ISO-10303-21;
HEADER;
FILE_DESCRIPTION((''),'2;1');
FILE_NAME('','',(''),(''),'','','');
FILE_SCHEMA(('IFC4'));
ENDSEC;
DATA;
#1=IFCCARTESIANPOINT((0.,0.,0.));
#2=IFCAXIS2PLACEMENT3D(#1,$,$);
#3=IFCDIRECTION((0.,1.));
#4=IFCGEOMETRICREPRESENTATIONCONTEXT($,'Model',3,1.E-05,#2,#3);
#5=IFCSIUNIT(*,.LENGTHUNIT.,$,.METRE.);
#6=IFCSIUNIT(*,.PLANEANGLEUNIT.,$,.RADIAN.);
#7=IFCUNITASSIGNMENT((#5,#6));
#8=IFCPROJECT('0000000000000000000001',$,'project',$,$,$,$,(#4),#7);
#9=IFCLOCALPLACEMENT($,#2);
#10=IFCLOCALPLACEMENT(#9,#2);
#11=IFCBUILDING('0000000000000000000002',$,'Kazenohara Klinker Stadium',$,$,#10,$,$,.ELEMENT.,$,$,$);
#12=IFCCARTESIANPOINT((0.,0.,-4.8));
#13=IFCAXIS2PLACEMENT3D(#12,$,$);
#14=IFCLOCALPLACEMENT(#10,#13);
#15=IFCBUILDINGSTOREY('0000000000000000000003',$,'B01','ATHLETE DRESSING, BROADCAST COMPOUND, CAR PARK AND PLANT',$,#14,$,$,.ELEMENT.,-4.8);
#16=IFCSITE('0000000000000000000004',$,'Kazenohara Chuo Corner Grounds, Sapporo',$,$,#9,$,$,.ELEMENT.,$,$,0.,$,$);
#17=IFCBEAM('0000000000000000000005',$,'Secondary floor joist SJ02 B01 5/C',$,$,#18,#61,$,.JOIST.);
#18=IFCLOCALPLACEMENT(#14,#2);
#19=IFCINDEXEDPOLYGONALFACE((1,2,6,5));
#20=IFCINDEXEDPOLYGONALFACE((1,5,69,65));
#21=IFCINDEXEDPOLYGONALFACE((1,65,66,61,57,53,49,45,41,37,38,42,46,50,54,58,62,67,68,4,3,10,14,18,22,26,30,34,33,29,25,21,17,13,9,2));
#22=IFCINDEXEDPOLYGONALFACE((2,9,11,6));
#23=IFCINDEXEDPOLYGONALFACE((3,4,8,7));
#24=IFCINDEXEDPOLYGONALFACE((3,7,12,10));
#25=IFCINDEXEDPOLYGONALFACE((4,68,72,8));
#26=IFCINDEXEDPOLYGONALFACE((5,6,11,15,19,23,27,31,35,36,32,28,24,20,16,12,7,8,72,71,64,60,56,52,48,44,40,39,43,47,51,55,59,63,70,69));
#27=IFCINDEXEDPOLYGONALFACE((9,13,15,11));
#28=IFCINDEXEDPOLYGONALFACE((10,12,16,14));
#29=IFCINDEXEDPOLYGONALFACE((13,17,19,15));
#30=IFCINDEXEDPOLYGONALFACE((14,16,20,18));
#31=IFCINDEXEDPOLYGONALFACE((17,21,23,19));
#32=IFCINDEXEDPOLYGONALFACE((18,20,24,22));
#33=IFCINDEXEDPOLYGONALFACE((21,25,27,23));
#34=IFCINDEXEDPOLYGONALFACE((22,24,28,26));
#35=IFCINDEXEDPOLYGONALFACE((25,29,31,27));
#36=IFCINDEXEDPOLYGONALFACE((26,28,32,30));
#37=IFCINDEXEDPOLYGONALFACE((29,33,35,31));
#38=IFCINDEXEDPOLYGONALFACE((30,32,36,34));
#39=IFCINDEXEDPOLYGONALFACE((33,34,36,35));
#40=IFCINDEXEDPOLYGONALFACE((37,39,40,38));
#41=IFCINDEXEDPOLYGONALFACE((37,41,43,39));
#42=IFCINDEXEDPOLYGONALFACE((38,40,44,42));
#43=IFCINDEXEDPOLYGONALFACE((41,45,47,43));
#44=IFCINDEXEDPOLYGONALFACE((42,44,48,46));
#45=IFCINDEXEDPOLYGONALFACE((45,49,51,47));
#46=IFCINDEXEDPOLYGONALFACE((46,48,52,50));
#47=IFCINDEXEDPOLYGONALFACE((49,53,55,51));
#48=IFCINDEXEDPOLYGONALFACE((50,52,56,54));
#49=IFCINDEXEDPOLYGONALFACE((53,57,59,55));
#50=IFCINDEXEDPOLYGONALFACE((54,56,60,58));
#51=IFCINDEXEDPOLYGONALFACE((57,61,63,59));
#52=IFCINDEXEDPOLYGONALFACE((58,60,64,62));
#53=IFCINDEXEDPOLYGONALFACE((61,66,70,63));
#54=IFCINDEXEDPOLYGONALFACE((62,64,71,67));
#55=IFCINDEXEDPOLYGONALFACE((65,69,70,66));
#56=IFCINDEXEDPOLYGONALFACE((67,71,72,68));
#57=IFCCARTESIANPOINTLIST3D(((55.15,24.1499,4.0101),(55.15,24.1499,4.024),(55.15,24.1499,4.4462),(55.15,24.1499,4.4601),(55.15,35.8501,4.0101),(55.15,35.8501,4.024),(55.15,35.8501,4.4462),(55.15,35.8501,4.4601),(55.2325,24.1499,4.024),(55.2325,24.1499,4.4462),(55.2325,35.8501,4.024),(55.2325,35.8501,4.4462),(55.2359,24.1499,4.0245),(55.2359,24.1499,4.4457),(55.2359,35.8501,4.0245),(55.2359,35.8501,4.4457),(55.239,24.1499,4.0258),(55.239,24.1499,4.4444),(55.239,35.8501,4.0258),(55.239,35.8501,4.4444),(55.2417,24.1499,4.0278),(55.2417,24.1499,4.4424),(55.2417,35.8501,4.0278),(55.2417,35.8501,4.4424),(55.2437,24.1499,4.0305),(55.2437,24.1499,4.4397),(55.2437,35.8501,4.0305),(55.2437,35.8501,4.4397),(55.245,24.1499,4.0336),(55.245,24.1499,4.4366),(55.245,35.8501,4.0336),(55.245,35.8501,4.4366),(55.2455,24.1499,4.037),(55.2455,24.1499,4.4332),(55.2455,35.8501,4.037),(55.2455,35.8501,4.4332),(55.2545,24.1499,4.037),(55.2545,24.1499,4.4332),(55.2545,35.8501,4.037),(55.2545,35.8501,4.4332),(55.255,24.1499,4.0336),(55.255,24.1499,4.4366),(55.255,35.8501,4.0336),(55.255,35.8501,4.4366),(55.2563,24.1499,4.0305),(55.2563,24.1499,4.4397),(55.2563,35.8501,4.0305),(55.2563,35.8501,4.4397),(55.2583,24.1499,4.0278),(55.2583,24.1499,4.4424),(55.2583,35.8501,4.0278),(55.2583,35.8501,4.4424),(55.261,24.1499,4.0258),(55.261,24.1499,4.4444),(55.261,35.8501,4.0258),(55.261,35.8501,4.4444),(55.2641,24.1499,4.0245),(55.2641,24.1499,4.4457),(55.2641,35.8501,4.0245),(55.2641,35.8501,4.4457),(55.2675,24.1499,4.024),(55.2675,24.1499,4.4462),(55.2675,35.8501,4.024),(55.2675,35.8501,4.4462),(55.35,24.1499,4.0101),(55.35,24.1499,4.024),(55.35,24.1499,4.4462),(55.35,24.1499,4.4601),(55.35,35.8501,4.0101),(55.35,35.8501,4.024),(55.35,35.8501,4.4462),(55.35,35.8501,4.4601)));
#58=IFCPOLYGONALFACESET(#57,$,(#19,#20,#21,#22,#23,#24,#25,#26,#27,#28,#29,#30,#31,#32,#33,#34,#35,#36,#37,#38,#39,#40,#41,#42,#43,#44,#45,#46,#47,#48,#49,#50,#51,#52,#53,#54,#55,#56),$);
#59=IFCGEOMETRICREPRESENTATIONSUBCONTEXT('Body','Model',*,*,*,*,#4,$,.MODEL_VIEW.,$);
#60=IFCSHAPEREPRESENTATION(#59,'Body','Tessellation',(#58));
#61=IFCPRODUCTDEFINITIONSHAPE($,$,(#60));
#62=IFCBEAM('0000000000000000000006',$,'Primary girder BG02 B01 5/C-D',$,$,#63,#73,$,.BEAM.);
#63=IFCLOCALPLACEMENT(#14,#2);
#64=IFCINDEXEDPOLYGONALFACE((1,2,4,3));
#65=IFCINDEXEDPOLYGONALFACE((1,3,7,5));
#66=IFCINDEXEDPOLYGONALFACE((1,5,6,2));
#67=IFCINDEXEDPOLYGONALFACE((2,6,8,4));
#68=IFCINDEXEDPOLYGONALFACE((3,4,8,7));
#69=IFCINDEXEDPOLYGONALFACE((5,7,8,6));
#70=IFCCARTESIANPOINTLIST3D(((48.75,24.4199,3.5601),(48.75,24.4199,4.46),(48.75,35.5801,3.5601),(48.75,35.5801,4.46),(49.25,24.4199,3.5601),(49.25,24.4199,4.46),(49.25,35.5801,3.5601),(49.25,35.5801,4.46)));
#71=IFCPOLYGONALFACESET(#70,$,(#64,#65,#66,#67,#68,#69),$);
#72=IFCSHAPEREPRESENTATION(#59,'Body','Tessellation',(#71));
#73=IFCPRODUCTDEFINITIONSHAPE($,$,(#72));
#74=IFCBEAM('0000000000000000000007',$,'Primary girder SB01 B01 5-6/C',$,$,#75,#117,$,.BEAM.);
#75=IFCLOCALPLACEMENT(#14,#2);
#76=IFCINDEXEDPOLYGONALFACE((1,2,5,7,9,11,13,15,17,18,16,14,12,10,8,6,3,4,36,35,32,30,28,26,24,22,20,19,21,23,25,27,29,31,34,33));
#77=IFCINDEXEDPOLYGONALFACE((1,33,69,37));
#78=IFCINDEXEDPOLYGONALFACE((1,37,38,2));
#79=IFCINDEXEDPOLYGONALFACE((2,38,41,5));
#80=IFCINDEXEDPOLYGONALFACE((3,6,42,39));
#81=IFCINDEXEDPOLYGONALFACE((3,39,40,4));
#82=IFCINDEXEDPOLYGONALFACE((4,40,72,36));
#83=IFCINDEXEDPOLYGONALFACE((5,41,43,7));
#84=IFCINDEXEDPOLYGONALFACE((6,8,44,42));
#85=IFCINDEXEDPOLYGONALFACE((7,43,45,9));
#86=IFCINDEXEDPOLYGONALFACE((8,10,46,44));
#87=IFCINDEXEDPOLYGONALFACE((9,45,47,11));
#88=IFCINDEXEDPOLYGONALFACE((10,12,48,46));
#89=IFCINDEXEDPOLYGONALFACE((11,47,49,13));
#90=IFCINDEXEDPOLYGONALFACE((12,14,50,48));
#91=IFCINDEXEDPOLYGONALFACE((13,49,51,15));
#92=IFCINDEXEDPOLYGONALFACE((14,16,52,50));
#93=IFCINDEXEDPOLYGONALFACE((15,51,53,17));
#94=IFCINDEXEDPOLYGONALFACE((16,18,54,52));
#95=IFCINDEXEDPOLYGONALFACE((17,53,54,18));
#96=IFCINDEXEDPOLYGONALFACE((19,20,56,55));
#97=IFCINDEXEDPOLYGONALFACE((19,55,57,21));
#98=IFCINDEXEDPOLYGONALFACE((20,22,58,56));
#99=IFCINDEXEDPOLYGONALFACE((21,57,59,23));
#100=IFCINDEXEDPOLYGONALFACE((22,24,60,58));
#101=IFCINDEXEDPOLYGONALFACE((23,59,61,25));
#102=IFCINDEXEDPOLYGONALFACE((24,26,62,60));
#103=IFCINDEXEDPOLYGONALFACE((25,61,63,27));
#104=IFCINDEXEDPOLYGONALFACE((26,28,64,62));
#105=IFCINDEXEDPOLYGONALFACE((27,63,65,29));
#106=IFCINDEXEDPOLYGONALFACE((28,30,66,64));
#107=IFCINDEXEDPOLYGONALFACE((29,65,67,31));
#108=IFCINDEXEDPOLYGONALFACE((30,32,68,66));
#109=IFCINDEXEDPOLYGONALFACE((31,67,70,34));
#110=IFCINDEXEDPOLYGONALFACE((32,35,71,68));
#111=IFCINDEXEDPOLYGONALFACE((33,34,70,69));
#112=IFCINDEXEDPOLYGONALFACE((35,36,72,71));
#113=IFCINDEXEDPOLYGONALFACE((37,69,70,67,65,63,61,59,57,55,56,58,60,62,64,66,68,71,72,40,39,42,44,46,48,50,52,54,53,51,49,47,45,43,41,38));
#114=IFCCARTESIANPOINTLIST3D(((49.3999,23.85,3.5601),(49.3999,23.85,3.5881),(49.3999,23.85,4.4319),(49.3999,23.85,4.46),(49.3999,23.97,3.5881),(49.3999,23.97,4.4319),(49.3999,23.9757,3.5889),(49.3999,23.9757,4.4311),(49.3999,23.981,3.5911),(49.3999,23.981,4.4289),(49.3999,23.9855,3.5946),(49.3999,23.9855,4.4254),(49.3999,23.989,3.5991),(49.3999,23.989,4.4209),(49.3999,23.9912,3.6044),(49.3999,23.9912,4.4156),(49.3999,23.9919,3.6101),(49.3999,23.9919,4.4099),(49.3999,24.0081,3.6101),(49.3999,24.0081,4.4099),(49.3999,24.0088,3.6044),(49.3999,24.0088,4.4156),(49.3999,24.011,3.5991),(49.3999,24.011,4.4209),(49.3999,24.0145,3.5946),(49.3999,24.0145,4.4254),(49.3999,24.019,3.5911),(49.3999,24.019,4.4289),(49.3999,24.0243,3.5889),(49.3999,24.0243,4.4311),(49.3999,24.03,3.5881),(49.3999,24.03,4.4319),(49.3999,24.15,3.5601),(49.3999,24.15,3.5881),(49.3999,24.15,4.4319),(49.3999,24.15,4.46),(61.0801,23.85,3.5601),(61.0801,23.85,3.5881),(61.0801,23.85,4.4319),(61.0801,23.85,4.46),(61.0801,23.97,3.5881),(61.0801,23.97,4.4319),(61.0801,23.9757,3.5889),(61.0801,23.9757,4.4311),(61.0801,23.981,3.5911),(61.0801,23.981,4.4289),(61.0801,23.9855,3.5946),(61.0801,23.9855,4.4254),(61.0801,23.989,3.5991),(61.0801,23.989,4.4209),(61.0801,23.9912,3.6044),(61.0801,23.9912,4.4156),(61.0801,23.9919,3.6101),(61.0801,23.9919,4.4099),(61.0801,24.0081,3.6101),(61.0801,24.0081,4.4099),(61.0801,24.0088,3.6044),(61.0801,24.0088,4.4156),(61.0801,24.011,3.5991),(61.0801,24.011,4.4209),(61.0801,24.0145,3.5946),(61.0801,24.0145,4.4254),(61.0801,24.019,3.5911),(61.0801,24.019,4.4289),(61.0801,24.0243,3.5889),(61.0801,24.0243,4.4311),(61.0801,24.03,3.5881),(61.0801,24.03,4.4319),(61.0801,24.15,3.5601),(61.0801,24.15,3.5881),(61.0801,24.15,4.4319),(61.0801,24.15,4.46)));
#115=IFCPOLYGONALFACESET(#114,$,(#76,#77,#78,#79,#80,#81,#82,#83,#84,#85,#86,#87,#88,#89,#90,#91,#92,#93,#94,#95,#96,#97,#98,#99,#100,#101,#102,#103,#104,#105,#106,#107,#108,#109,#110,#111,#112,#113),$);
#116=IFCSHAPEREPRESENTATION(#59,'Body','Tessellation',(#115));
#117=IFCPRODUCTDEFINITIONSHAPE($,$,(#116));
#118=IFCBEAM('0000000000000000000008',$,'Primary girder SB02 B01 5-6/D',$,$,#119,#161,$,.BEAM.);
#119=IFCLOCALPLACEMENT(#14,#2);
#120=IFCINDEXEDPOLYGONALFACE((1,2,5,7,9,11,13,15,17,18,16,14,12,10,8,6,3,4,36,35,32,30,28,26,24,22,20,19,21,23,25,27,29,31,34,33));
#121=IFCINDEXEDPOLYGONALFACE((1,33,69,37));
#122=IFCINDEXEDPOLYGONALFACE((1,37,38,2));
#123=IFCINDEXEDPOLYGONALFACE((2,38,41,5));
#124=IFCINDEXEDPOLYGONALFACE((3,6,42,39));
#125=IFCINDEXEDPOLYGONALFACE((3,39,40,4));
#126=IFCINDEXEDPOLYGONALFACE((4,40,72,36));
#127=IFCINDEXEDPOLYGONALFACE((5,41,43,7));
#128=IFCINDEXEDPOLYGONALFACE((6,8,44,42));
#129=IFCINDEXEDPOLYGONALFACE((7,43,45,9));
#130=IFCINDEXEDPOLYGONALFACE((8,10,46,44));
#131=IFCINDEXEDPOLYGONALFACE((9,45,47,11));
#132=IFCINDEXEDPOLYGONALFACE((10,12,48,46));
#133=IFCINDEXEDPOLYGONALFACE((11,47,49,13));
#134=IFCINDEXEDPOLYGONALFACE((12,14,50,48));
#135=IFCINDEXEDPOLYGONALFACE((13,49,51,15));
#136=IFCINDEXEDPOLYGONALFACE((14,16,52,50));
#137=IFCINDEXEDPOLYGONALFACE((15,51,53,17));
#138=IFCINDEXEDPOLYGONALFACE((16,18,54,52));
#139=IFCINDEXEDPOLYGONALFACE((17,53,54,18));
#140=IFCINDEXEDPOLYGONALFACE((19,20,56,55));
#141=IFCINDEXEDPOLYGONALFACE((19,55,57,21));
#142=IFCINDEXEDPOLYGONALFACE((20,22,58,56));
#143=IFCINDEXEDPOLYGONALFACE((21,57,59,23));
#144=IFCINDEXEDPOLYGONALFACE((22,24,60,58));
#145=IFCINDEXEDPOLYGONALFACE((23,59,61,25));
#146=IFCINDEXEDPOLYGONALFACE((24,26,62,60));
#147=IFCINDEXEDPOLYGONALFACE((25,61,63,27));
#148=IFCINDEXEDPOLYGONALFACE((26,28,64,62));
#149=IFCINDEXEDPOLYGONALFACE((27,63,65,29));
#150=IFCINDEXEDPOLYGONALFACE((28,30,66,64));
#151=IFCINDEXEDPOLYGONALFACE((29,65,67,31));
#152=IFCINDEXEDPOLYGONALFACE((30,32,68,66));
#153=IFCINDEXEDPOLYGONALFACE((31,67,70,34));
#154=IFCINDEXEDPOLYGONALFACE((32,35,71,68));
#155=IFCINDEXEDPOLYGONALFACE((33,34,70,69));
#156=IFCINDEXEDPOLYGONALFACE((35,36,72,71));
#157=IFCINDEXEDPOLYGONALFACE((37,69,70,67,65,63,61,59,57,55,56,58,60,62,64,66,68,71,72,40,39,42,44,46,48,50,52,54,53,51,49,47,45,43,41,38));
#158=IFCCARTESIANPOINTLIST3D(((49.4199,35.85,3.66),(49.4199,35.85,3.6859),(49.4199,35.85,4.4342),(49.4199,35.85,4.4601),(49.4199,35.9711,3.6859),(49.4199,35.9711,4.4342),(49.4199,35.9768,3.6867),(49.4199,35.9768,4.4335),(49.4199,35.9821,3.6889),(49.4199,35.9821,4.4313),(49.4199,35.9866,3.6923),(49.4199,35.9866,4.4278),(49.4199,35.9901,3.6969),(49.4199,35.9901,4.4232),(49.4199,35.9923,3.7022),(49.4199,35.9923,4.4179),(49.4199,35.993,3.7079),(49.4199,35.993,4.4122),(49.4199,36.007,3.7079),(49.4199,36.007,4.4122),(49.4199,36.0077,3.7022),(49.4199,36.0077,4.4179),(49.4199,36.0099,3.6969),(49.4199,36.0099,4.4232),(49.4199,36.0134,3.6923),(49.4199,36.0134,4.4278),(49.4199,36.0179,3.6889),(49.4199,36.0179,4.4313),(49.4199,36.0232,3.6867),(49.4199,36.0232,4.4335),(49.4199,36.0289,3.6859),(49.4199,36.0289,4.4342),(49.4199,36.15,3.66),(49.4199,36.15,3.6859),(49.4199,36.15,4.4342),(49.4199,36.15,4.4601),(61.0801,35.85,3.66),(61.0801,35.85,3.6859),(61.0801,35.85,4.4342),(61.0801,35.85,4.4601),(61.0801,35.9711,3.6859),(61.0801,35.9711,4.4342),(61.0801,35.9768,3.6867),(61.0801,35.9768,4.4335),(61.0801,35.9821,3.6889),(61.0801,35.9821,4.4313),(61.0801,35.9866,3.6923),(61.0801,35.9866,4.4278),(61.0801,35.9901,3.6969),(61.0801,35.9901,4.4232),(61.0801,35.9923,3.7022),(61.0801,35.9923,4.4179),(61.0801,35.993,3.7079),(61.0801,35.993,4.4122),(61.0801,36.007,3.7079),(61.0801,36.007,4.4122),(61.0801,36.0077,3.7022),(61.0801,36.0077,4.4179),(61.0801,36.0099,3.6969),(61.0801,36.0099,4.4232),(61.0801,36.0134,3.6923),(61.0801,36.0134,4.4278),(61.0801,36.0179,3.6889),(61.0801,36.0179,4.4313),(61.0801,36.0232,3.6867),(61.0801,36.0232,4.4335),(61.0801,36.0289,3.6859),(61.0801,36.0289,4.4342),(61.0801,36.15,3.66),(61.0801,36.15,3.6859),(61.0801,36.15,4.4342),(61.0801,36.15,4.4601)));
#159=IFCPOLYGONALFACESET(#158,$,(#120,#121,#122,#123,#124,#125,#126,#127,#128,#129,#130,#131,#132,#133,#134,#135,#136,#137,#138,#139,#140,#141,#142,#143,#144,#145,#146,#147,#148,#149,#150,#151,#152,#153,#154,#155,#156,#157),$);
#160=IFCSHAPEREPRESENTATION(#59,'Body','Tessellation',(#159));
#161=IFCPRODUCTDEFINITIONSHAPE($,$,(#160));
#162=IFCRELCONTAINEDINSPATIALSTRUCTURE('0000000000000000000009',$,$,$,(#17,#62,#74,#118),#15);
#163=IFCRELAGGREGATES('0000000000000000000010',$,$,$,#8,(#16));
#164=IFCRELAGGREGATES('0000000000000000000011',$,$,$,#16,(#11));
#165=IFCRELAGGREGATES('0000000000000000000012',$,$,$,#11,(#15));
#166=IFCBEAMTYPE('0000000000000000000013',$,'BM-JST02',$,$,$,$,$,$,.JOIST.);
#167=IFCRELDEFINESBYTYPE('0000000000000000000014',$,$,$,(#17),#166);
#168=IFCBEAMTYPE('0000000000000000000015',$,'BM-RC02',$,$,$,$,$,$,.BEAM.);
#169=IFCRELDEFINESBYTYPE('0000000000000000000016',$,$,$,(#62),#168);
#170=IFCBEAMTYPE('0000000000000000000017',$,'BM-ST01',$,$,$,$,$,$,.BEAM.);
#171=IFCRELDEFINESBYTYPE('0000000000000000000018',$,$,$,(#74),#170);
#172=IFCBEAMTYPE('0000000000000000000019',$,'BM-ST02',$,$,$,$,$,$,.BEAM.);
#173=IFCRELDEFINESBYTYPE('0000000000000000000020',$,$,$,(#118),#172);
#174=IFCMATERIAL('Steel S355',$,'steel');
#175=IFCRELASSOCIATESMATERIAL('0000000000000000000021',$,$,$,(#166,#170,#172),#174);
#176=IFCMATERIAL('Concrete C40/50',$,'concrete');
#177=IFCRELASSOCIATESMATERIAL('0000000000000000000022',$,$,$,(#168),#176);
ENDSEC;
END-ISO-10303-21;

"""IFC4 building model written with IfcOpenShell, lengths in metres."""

from ifc_helpers import new_model, si_unit, direction, frame, origin, origin_2d, place, context, subcontext, project, spatial, rectangle, i_section, extrude, material, material_profile, profile_set, type_object, element, save


model = new_model("IFC4")

# Units and contexts
model_context = context("Model", 3, precision=1e-05, world=origin(), true_north=direction((0.0, 1.0)))
body_context = subcontext(model_context, "Body", "Model", "MODEL_VIEW")
ifc_project = project(units=[si_unit("LENGTHUNIT", "METRE"), si_unit("PLANEANGLEUNIT", "RADIAN")], contexts=[model_context])

# Site, building, storey
site_placement = place(None, origin())
site = spatial("IfcSite", under=ifc_project, at=site_placement, Name="Kazenohara Chuo Corner Grounds, Sapporo", CompositionType="ELEMENT", RefElevation=0.0)
building_placement = place(site_placement, origin())
building = spatial("IfcBuilding", under=site, at=building_placement, Name="Kazenohara Klinker Stadium", CompositionType="ELEMENT")
storey_placement = place(building_placement, frame((0.0, 0.0, -4.8)))
storey = spatial("IfcBuildingStorey", under=building, at=storey_placement, Name="B01", Description="ATHLETE DRESSING, BROADCAST COMPOUND, CAR PARK AND PLANT", CompositionType="ELEMENT", Elevation=-4.8)

# Shared definitions
ifc_material_1 = material(Name="Concrete C40/50", Category="concrete")

# Beams
ifc_material_2 = material(Name="Steel S355", Category="steel")
ifc_material_profile_1 = material_profile(ifc_material_2, i_section(OverallWidth=0.2, OverallDepth=0.45, WebThickness=0.009, FlangeThickness=0.0139, FilletRadius=0.0129, at=origin_2d()), Name="H-450x200x9x14")
ifc_profile_set_1 = profile_set([ifc_material_profile_1], Name="Steel S355")
beam_type_1 = type_object("IfcBeamType", Name="BM-JST02", PredefinedType="JOIST", material=ifc_profile_set_1)
for number, where, z_axis, x_axis, name in (
    (1, (55.25, 24.1499, 4.2351), (0.0, 1.0, 0.0), (-1.0, 0.0, 0.0), "Secondary floor joist SJ02 B01 5/C"),
):
    element("IfcBeam", number, at=place(storey_placement, frame(where, z_axis=z_axis, x_axis=x_axis)), inside=storey, type_object=beam_type_1, Name=name, PredefinedType="JOIST", context=body_context, shape_type="SweptSolid", body=[
        extrude(i_section(OverallWidth=0.2, OverallDepth=0.45, WebThickness=0.009, FlangeThickness=0.0139, FilletRadius=0.0129, at=origin_2d()), origin(), (0.0, 0.0, 1.0), 11.7002),
    ])
ifc_material_profile_2 = material_profile(ifc_material_1, rectangle(XDim=0.5, YDim=0.8999, at=origin_2d()), Name="RC-BM-500x900")
ifc_profile_set_2 = profile_set([ifc_material_profile_2], Name="Concrete C40/50")
beam_type_2 = type_object("IfcBeamType", Name="BM-RC02", PredefinedType="BEAM", material=ifc_profile_set_2)
beam_1_placement = place(storey_placement, frame((49.0, 24.4199, 4.01), z_axis=(0.0, 1.0, 0.0), x_axis=(-1.0, 0.0, 0.0)))
element("IfcBeam", 2, at=beam_1_placement, inside=storey, type_object=beam_type_2, Name="Primary girder BG02 B01 5/C-D", PredefinedType="BEAM", context=body_context, shape_type="SweptSolid", body=[
    extrude(rectangle(XDim=0.5, YDim=0.8999, at=origin_2d()), origin(), (0.0, 0.0, 1.0), 11.1602),
])
ifc_material_profile_3 = material_profile(ifc_material_2, i_section(OverallWidth=0.3, OverallDepth=0.8999, WebThickness=0.0161, FlangeThickness=0.0281, FilletRadius=0.022, at=origin_2d()), Name="H-900x300x16x28")
ifc_profile_set_3 = profile_set([ifc_material_profile_3], Name="Steel S355")
beam_type_3 = type_object("IfcBeamType", Name="BM-ST01", PredefinedType="BEAM", material=ifc_profile_set_3)
beam_2_placement = place(storey_placement, frame((49.3999, 24.0, 4.01), z_axis=(1.0, 0.0, 0.0), x_axis=(0.0, 1.0, 0.0)))
element("IfcBeam", 3, at=beam_2_placement, inside=storey, type_object=beam_type_3, Name="Primary girder SB01 B01 5-6/C", PredefinedType="BEAM", context=body_context, shape_type="SweptSolid", body=[
    extrude(i_section(OverallWidth=0.3, OverallDepth=0.8999, WebThickness=0.0161, FlangeThickness=0.0281, FilletRadius=0.022, at=origin_2d()), origin(), (0.0, 0.0, 1.0), 11.6802),
])
ifc_material_profile_4 = material_profile(ifc_material_2, i_section(OverallWidth=0.3, OverallDepth=0.8, WebThickness=0.0139, FlangeThickness=0.0259, FilletRadius=0.022, at=origin_2d()), Name="H-800x300x14x26")
ifc_profile_set_4 = profile_set([ifc_material_profile_4], Name="Steel S355")
beam_type_4 = type_object("IfcBeamType", Name="BM-ST02", PredefinedType="BEAM", material=ifc_profile_set_4)
beam_3_placement = place(storey_placement, frame((49.4199, 36.0, 4.0601), z_axis=(1.0, 0.0, 0.0), x_axis=(0.0, 1.0, 0.0)))
element("IfcBeam", 4, at=beam_3_placement, inside=storey, type_object=beam_type_4, Name="Primary girder SB02 B01 5-6/D", PredefinedType="BEAM", context=body_context, shape_type="SweptSolid", body=[
    extrude(i_section(OverallWidth=0.3, OverallDepth=0.8, WebThickness=0.0139, FlangeThickness=0.0259, FilletRadius=0.022, at=origin_2d()), origin(), (0.0, 0.0, 1.0), 11.6602),
])

save(model, "model.ifc")
